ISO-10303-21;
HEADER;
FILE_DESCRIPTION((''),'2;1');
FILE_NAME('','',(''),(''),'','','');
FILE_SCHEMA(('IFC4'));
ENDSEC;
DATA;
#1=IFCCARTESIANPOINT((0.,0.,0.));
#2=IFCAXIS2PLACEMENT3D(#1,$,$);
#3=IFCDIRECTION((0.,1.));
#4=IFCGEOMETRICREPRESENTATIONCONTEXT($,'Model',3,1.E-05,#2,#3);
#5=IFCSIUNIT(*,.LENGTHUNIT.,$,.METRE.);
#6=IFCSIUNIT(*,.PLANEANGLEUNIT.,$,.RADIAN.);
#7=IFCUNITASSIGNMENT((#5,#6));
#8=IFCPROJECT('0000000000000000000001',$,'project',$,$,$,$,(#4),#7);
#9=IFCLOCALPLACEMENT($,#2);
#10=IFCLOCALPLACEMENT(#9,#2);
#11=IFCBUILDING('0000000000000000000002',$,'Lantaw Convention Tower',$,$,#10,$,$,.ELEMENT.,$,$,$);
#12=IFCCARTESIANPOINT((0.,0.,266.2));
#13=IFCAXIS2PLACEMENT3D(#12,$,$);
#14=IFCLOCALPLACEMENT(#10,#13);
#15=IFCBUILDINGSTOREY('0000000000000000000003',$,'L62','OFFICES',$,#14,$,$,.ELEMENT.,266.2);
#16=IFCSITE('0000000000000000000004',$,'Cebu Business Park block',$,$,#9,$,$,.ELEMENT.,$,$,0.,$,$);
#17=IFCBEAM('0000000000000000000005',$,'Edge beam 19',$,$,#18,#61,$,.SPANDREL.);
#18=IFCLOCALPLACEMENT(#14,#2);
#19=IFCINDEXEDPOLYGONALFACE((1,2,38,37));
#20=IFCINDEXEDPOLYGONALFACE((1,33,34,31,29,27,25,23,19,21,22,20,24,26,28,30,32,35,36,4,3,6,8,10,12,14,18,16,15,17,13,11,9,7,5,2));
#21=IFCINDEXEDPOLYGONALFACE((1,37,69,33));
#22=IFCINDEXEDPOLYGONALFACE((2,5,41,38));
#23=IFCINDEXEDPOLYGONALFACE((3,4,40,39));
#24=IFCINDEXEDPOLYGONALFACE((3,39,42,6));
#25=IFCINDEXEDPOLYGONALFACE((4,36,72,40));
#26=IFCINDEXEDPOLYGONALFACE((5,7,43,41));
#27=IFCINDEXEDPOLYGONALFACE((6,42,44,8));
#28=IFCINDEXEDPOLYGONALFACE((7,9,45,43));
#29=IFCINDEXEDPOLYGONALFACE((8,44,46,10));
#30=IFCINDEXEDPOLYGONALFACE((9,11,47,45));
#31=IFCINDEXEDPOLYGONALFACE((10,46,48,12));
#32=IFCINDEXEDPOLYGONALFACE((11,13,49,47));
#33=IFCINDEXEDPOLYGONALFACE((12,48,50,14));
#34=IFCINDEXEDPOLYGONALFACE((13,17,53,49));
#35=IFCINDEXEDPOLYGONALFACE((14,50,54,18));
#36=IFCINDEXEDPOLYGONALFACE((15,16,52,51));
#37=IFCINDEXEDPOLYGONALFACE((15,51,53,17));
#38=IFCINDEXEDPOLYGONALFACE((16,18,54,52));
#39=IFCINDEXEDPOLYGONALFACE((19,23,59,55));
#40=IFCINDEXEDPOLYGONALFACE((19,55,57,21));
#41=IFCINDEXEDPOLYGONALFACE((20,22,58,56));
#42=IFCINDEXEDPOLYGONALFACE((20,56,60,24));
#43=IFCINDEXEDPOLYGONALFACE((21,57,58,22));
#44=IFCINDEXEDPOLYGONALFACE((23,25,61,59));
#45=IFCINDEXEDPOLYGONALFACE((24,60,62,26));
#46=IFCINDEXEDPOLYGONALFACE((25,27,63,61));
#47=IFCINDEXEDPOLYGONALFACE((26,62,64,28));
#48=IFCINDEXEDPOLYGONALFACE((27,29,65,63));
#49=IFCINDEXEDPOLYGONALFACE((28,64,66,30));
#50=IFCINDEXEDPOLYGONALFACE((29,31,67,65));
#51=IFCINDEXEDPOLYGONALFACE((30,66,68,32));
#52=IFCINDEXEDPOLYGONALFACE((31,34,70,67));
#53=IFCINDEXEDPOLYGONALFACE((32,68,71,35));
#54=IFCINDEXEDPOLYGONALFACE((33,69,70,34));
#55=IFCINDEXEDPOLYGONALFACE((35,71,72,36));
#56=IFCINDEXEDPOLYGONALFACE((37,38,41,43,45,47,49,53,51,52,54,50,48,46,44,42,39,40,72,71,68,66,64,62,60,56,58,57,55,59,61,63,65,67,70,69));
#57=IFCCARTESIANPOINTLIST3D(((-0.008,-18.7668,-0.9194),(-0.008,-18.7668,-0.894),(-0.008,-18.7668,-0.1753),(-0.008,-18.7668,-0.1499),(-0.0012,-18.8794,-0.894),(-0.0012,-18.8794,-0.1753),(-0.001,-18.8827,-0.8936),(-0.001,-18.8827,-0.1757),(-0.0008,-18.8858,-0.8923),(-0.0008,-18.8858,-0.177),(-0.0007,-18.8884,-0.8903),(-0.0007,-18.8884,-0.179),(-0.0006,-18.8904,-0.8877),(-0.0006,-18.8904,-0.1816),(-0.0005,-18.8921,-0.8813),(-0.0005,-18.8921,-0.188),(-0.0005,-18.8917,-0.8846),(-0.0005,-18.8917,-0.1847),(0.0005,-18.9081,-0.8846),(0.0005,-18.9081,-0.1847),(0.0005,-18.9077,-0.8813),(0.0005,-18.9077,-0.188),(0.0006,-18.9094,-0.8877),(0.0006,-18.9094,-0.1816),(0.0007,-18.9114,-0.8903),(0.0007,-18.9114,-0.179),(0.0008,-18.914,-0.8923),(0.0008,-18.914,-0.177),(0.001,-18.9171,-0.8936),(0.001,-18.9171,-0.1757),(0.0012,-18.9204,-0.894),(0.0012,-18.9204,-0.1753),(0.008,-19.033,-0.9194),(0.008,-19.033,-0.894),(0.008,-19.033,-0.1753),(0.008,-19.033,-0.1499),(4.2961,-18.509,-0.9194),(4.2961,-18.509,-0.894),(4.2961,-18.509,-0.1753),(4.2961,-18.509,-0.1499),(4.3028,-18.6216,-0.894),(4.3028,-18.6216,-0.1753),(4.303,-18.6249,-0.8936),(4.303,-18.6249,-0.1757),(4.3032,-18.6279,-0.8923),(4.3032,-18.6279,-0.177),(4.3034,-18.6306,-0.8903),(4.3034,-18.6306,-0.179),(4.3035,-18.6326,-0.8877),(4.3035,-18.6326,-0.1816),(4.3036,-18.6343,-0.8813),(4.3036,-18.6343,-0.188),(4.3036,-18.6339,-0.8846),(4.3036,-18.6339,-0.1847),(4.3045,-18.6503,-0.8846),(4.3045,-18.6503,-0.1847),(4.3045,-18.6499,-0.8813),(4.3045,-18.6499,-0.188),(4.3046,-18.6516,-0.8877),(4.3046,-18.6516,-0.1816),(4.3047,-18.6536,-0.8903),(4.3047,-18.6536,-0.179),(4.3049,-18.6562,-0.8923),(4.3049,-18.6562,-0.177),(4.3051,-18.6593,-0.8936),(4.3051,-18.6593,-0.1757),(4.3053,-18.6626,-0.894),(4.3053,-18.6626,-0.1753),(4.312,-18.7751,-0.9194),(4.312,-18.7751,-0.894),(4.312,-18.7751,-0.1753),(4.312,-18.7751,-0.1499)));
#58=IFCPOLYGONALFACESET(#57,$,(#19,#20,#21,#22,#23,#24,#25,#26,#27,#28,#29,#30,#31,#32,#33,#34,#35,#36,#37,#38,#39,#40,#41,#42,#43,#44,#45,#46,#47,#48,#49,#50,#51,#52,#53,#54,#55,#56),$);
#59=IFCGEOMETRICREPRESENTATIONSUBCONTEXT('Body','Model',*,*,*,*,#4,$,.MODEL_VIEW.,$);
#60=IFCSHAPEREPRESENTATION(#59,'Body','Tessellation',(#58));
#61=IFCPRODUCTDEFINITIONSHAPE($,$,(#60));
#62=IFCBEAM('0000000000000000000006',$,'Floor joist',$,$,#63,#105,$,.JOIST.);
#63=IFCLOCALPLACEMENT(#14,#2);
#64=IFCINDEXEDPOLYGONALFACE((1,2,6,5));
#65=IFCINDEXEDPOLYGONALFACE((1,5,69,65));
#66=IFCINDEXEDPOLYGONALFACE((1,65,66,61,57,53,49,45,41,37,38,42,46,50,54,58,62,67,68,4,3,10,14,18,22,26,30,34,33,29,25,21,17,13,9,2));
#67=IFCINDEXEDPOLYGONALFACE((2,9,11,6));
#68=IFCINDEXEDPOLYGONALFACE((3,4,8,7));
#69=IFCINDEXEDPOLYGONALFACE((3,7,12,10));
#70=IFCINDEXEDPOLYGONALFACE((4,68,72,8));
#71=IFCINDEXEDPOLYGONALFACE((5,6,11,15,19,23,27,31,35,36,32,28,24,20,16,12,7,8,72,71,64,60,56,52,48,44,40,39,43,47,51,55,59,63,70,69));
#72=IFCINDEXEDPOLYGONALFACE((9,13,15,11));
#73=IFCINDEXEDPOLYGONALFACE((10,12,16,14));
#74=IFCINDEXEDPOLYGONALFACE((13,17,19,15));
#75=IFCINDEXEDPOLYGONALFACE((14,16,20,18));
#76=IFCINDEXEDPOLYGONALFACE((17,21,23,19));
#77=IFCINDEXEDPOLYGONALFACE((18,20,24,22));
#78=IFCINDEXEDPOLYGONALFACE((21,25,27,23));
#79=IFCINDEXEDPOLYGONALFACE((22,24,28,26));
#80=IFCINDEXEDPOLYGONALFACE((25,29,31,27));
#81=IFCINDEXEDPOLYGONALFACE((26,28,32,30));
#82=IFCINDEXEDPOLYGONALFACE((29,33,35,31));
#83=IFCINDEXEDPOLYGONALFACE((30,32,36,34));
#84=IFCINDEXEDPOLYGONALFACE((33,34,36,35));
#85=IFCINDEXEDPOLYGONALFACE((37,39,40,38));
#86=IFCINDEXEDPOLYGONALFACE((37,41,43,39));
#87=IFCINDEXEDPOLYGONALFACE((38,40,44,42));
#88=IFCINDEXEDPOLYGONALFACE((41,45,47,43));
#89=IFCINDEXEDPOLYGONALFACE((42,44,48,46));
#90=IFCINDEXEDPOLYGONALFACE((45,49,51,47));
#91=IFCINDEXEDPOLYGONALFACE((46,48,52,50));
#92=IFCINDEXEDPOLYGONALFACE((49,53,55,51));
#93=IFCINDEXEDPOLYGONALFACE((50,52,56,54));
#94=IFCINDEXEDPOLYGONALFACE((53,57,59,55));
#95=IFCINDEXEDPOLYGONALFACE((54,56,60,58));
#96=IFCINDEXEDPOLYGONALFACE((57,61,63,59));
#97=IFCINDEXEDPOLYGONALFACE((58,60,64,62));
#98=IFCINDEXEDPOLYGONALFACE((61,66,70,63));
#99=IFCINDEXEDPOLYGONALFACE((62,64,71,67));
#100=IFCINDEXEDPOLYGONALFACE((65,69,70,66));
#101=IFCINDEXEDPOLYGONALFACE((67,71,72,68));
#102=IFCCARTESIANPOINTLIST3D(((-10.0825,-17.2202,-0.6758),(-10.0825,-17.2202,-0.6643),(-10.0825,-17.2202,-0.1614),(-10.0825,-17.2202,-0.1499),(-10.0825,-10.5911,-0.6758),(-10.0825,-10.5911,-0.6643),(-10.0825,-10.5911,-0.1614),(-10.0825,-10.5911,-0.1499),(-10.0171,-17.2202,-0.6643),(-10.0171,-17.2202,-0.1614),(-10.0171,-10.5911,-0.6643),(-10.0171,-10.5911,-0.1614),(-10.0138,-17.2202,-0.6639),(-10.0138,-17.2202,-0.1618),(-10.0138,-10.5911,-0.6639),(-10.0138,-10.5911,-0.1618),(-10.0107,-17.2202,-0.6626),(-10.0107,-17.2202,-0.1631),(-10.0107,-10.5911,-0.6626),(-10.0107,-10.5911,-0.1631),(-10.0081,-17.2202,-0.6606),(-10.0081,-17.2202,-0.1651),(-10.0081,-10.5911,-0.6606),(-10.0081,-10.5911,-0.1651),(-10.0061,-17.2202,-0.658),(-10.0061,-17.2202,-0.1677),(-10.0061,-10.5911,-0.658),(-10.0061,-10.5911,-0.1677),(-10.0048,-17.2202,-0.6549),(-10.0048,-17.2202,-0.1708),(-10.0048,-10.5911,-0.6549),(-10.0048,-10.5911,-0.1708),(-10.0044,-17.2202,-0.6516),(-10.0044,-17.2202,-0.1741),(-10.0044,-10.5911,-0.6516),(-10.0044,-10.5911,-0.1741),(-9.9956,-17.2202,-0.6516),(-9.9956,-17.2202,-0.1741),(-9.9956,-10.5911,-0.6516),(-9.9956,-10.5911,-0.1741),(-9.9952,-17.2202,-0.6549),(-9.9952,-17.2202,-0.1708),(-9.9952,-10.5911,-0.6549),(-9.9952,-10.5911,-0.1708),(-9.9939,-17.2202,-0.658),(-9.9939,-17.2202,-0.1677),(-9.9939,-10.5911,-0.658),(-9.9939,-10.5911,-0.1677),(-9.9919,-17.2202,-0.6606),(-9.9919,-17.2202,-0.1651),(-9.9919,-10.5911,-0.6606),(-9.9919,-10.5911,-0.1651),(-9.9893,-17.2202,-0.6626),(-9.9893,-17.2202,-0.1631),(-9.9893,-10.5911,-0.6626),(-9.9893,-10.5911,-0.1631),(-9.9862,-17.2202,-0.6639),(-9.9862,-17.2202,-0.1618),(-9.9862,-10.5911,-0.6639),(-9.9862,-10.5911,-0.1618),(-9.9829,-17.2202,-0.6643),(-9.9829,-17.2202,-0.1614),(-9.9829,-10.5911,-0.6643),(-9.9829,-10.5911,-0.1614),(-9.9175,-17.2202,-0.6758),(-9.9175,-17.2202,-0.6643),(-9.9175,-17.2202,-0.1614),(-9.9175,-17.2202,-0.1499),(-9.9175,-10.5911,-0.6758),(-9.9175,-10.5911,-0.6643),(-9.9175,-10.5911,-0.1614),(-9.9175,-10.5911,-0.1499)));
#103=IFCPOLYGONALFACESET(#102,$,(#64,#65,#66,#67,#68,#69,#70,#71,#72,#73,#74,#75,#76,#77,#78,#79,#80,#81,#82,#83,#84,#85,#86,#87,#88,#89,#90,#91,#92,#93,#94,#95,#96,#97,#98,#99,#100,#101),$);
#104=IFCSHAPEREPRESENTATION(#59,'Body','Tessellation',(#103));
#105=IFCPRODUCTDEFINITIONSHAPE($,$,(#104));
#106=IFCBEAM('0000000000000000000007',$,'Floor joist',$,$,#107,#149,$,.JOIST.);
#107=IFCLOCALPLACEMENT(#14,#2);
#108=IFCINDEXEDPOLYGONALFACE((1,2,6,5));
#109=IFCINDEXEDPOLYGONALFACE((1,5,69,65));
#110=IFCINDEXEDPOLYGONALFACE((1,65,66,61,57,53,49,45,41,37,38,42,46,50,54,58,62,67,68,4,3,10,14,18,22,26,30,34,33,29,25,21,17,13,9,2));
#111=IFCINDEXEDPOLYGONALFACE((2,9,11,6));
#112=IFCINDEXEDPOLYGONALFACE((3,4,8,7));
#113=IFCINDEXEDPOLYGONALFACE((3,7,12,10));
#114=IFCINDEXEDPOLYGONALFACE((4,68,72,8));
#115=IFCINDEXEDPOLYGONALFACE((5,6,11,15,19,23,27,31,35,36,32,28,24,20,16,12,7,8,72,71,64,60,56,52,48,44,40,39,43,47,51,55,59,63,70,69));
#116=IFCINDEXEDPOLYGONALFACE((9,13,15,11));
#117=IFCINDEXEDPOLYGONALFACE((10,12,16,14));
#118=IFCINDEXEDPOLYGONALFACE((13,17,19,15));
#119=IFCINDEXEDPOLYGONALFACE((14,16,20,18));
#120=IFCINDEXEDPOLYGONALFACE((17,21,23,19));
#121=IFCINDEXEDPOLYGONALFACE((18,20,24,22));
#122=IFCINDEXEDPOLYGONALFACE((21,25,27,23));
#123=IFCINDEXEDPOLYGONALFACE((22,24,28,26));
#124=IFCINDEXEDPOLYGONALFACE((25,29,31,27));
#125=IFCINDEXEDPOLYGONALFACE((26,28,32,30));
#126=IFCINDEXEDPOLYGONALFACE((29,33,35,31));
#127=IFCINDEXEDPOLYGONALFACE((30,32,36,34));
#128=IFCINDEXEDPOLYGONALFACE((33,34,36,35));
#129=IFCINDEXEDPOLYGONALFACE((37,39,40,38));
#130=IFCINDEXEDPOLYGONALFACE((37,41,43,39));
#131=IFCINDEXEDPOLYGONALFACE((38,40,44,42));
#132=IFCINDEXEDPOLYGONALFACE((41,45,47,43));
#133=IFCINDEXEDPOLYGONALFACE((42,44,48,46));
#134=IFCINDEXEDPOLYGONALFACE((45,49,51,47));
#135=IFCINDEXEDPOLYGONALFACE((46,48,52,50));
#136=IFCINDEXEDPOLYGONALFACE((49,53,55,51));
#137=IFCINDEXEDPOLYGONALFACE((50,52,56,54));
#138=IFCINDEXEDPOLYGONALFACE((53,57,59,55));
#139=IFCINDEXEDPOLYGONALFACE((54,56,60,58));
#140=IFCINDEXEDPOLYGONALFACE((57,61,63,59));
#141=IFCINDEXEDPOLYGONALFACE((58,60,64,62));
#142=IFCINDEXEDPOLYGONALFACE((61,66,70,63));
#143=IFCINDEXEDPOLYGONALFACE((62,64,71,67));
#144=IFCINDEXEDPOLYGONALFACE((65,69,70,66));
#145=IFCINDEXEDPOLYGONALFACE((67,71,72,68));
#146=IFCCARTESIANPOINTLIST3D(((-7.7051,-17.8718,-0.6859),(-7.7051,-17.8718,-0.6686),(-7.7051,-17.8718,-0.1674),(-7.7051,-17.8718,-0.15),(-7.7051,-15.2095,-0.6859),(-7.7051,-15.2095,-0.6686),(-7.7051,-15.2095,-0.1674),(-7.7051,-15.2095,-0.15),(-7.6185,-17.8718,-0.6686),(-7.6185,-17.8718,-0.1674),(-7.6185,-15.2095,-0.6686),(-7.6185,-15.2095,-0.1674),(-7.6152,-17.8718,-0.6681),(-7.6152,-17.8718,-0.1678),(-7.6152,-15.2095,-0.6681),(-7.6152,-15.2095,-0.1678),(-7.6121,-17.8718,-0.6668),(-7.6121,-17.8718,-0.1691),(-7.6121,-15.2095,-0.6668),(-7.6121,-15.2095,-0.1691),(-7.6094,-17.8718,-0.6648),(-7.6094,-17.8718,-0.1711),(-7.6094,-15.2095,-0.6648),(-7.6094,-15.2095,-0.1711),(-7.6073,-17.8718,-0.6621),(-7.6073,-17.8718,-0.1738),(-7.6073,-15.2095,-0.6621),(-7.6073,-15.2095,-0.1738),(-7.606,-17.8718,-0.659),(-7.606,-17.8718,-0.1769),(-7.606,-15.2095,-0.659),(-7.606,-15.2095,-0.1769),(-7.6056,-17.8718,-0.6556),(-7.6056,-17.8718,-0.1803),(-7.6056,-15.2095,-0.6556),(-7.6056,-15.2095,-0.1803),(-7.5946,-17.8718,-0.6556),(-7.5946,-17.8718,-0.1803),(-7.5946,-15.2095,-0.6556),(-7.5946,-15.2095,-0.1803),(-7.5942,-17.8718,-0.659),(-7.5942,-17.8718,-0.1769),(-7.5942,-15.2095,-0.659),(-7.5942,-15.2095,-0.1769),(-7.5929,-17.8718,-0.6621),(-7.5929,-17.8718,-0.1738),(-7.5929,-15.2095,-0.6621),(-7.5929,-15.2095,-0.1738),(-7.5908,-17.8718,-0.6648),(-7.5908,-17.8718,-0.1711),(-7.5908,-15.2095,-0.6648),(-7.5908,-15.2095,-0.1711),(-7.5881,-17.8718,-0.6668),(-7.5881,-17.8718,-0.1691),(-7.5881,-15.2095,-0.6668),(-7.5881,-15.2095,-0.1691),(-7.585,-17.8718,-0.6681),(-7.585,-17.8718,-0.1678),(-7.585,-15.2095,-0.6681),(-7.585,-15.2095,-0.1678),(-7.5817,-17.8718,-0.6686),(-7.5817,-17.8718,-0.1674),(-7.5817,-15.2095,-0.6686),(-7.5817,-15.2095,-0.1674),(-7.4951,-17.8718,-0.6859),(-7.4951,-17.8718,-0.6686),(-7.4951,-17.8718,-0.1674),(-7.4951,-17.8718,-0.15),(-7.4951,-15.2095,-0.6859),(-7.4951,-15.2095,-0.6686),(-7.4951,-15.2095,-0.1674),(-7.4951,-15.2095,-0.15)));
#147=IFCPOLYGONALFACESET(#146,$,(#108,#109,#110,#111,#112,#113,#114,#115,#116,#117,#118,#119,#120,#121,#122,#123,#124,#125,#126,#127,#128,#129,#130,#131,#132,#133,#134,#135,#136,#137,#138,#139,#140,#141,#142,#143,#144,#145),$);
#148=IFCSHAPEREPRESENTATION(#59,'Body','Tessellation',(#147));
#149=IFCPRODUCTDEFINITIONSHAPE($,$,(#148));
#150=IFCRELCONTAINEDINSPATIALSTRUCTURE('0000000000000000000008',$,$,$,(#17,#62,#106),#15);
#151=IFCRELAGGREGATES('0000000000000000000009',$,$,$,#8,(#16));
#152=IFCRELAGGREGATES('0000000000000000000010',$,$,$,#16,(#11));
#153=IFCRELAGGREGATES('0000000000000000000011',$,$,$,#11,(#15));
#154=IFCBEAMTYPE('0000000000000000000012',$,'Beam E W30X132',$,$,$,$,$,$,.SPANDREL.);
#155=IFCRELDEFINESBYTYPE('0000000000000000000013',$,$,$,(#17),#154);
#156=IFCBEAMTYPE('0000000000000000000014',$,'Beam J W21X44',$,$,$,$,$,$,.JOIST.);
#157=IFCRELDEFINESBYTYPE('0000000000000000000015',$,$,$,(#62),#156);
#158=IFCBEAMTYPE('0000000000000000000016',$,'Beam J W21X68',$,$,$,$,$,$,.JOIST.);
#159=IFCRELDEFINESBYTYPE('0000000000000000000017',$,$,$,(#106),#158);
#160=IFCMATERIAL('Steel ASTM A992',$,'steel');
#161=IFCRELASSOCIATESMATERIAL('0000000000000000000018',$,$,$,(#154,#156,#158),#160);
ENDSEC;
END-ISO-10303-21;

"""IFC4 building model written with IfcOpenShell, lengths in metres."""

from ifc_helpers import new_model, si_unit, direction, frame, origin, origin_2d, place, context, subcontext, project, spatial, i_section, extrude, material, material_profile, profile_set, type_object, element, save


model = new_model("IFC4")

# Units and contexts
model_context = context("Model", 3, precision=1e-05, world=origin(), true_north=direction((0.0, 1.0)))
body_context = subcontext(model_context, "Body", "Model", "MODEL_VIEW")
ifc_project = project(units=[si_unit("LENGTHUNIT", "METRE"), si_unit("PLANEANGLEUNIT", "RADIAN")], contexts=[model_context])

# Site, building, storey
site_placement = place(None, origin())
site = spatial("IfcSite", under=ifc_project, at=site_placement, Name="Cebu Business Park block", CompositionType="ELEMENT", RefElevation=0.0)
building_placement = place(site_placement, origin())
building = spatial("IfcBuilding", under=site, at=building_placement, Name="Lantaw Convention Tower", CompositionType="ELEMENT")
storey_placement = place(building_placement, frame((0.0, 0.0, 266.2)))
storey = spatial("IfcBuildingStorey", under=building, at=storey_placement, Name="L62", Description="OFFICES", CompositionType="ELEMENT", Elevation=266.2)

# Beams
ifc_material_1 = material(Name="Steel ASTM A992", Category="steel")
ifc_material_profile_1 = material_profile(ifc_material_1, i_section(OverallWidth=0.2666, OverallDepth=0.7695, WebThickness=0.0156, FlangeThickness=0.0254, FilletRadius=0.0127, at=origin_2d()), Name="W30X132")
ifc_profile_set_1 = profile_set([ifc_material_profile_1], Name="Steel ASTM A992")
beam_type_1 = type_object("IfcBeamType", Name="Beam E W30X132", PredefinedType="SPANDREL", material=ifc_profile_set_1)
for number, where, z_axis, x_axis, name in (
    (1, (0.0, -18.8999, -0.5347), (0.998211, 0.059794, 0.0), (-0.059794, 0.998211, 0.0), "Edge beam 19"),
):
    element("IfcBeam", number, at=place(storey_placement, frame(where, z_axis=z_axis, x_axis=x_axis)), inside=storey, type_object=beam_type_1, Name=name, PredefinedType="SPANDREL", context=body_context, shape_type="SweptSolid", body=[
        extrude(i_section(OverallWidth=0.2666, OverallDepth=0.7695, WebThickness=0.0156, FlangeThickness=0.0254, FilletRadius=0.0127, at=origin_2d()), origin(), (0.0, 0.0, 1.0), 4.3118),
    ])
ifc_material_profile_2 = material_profile(ifc_material_1, i_section(OverallWidth=0.165, OverallDepth=0.5259, WebThickness=0.0088, FlangeThickness=0.0115, FilletRadius=0.0127, at=origin_2d()), Name="W21X44")
ifc_profile_set_2 = profile_set([ifc_material_profile_2], Name="Steel ASTM A992")
beam_type_2 = type_object("IfcBeamType", Name="Beam J W21X44", PredefinedType="JOIST", material=ifc_profile_set_2)
beam_1_placement = place(storey_placement, frame((-10.0, -17.2202, -0.4128), z_axis=(0.0, 1.0, 0.0), x_axis=(-1.0, 0.0, 0.0)))
element("IfcBeam", 2, at=beam_1_placement, inside=storey, type_object=beam_type_2, Name="Floor joist", PredefinedType="JOIST", context=body_context, shape_type="SweptSolid", body=[
    extrude(i_section(OverallWidth=0.165, OverallDepth=0.5259, WebThickness=0.0088, FlangeThickness=0.0115, FilletRadius=0.0127, at=origin_2d()), origin(), (0.0, 0.0, 1.0), 6.6292),
])
ifc_material_profile_3 = material_profile(ifc_material_1, i_section(OverallWidth=0.21, OverallDepth=0.5359, WebThickness=0.011, FlangeThickness=0.0173, FilletRadius=0.0129, at=origin_2d()), Name="W21X68")
ifc_profile_set_3 = profile_set([ifc_material_profile_3], Name="Steel ASTM A992")
beam_type_3 = type_object("IfcBeamType", Name="Beam J W21X68", PredefinedType="JOIST", material=ifc_profile_set_3)
beam_2_placement = place(storey_placement, frame((-7.6001, -17.8718, -0.418), z_axis=(0.0, 1.0, 0.0), x_axis=(-1.0, 0.0, 0.0)))
element("IfcBeam", 3, at=beam_2_placement, inside=storey, type_object=beam_type_3, Name="Floor joist", PredefinedType="JOIST", context=body_context, shape_type="SweptSolid", body=[
    extrude(i_section(OverallWidth=0.21, OverallDepth=0.5359, WebThickness=0.011, FlangeThickness=0.0173, FilletRadius=0.0129, at=origin_2d()), origin(), (0.0, 0.0, 1.0), 2.6624),
])

save(model, "model.ifc")
